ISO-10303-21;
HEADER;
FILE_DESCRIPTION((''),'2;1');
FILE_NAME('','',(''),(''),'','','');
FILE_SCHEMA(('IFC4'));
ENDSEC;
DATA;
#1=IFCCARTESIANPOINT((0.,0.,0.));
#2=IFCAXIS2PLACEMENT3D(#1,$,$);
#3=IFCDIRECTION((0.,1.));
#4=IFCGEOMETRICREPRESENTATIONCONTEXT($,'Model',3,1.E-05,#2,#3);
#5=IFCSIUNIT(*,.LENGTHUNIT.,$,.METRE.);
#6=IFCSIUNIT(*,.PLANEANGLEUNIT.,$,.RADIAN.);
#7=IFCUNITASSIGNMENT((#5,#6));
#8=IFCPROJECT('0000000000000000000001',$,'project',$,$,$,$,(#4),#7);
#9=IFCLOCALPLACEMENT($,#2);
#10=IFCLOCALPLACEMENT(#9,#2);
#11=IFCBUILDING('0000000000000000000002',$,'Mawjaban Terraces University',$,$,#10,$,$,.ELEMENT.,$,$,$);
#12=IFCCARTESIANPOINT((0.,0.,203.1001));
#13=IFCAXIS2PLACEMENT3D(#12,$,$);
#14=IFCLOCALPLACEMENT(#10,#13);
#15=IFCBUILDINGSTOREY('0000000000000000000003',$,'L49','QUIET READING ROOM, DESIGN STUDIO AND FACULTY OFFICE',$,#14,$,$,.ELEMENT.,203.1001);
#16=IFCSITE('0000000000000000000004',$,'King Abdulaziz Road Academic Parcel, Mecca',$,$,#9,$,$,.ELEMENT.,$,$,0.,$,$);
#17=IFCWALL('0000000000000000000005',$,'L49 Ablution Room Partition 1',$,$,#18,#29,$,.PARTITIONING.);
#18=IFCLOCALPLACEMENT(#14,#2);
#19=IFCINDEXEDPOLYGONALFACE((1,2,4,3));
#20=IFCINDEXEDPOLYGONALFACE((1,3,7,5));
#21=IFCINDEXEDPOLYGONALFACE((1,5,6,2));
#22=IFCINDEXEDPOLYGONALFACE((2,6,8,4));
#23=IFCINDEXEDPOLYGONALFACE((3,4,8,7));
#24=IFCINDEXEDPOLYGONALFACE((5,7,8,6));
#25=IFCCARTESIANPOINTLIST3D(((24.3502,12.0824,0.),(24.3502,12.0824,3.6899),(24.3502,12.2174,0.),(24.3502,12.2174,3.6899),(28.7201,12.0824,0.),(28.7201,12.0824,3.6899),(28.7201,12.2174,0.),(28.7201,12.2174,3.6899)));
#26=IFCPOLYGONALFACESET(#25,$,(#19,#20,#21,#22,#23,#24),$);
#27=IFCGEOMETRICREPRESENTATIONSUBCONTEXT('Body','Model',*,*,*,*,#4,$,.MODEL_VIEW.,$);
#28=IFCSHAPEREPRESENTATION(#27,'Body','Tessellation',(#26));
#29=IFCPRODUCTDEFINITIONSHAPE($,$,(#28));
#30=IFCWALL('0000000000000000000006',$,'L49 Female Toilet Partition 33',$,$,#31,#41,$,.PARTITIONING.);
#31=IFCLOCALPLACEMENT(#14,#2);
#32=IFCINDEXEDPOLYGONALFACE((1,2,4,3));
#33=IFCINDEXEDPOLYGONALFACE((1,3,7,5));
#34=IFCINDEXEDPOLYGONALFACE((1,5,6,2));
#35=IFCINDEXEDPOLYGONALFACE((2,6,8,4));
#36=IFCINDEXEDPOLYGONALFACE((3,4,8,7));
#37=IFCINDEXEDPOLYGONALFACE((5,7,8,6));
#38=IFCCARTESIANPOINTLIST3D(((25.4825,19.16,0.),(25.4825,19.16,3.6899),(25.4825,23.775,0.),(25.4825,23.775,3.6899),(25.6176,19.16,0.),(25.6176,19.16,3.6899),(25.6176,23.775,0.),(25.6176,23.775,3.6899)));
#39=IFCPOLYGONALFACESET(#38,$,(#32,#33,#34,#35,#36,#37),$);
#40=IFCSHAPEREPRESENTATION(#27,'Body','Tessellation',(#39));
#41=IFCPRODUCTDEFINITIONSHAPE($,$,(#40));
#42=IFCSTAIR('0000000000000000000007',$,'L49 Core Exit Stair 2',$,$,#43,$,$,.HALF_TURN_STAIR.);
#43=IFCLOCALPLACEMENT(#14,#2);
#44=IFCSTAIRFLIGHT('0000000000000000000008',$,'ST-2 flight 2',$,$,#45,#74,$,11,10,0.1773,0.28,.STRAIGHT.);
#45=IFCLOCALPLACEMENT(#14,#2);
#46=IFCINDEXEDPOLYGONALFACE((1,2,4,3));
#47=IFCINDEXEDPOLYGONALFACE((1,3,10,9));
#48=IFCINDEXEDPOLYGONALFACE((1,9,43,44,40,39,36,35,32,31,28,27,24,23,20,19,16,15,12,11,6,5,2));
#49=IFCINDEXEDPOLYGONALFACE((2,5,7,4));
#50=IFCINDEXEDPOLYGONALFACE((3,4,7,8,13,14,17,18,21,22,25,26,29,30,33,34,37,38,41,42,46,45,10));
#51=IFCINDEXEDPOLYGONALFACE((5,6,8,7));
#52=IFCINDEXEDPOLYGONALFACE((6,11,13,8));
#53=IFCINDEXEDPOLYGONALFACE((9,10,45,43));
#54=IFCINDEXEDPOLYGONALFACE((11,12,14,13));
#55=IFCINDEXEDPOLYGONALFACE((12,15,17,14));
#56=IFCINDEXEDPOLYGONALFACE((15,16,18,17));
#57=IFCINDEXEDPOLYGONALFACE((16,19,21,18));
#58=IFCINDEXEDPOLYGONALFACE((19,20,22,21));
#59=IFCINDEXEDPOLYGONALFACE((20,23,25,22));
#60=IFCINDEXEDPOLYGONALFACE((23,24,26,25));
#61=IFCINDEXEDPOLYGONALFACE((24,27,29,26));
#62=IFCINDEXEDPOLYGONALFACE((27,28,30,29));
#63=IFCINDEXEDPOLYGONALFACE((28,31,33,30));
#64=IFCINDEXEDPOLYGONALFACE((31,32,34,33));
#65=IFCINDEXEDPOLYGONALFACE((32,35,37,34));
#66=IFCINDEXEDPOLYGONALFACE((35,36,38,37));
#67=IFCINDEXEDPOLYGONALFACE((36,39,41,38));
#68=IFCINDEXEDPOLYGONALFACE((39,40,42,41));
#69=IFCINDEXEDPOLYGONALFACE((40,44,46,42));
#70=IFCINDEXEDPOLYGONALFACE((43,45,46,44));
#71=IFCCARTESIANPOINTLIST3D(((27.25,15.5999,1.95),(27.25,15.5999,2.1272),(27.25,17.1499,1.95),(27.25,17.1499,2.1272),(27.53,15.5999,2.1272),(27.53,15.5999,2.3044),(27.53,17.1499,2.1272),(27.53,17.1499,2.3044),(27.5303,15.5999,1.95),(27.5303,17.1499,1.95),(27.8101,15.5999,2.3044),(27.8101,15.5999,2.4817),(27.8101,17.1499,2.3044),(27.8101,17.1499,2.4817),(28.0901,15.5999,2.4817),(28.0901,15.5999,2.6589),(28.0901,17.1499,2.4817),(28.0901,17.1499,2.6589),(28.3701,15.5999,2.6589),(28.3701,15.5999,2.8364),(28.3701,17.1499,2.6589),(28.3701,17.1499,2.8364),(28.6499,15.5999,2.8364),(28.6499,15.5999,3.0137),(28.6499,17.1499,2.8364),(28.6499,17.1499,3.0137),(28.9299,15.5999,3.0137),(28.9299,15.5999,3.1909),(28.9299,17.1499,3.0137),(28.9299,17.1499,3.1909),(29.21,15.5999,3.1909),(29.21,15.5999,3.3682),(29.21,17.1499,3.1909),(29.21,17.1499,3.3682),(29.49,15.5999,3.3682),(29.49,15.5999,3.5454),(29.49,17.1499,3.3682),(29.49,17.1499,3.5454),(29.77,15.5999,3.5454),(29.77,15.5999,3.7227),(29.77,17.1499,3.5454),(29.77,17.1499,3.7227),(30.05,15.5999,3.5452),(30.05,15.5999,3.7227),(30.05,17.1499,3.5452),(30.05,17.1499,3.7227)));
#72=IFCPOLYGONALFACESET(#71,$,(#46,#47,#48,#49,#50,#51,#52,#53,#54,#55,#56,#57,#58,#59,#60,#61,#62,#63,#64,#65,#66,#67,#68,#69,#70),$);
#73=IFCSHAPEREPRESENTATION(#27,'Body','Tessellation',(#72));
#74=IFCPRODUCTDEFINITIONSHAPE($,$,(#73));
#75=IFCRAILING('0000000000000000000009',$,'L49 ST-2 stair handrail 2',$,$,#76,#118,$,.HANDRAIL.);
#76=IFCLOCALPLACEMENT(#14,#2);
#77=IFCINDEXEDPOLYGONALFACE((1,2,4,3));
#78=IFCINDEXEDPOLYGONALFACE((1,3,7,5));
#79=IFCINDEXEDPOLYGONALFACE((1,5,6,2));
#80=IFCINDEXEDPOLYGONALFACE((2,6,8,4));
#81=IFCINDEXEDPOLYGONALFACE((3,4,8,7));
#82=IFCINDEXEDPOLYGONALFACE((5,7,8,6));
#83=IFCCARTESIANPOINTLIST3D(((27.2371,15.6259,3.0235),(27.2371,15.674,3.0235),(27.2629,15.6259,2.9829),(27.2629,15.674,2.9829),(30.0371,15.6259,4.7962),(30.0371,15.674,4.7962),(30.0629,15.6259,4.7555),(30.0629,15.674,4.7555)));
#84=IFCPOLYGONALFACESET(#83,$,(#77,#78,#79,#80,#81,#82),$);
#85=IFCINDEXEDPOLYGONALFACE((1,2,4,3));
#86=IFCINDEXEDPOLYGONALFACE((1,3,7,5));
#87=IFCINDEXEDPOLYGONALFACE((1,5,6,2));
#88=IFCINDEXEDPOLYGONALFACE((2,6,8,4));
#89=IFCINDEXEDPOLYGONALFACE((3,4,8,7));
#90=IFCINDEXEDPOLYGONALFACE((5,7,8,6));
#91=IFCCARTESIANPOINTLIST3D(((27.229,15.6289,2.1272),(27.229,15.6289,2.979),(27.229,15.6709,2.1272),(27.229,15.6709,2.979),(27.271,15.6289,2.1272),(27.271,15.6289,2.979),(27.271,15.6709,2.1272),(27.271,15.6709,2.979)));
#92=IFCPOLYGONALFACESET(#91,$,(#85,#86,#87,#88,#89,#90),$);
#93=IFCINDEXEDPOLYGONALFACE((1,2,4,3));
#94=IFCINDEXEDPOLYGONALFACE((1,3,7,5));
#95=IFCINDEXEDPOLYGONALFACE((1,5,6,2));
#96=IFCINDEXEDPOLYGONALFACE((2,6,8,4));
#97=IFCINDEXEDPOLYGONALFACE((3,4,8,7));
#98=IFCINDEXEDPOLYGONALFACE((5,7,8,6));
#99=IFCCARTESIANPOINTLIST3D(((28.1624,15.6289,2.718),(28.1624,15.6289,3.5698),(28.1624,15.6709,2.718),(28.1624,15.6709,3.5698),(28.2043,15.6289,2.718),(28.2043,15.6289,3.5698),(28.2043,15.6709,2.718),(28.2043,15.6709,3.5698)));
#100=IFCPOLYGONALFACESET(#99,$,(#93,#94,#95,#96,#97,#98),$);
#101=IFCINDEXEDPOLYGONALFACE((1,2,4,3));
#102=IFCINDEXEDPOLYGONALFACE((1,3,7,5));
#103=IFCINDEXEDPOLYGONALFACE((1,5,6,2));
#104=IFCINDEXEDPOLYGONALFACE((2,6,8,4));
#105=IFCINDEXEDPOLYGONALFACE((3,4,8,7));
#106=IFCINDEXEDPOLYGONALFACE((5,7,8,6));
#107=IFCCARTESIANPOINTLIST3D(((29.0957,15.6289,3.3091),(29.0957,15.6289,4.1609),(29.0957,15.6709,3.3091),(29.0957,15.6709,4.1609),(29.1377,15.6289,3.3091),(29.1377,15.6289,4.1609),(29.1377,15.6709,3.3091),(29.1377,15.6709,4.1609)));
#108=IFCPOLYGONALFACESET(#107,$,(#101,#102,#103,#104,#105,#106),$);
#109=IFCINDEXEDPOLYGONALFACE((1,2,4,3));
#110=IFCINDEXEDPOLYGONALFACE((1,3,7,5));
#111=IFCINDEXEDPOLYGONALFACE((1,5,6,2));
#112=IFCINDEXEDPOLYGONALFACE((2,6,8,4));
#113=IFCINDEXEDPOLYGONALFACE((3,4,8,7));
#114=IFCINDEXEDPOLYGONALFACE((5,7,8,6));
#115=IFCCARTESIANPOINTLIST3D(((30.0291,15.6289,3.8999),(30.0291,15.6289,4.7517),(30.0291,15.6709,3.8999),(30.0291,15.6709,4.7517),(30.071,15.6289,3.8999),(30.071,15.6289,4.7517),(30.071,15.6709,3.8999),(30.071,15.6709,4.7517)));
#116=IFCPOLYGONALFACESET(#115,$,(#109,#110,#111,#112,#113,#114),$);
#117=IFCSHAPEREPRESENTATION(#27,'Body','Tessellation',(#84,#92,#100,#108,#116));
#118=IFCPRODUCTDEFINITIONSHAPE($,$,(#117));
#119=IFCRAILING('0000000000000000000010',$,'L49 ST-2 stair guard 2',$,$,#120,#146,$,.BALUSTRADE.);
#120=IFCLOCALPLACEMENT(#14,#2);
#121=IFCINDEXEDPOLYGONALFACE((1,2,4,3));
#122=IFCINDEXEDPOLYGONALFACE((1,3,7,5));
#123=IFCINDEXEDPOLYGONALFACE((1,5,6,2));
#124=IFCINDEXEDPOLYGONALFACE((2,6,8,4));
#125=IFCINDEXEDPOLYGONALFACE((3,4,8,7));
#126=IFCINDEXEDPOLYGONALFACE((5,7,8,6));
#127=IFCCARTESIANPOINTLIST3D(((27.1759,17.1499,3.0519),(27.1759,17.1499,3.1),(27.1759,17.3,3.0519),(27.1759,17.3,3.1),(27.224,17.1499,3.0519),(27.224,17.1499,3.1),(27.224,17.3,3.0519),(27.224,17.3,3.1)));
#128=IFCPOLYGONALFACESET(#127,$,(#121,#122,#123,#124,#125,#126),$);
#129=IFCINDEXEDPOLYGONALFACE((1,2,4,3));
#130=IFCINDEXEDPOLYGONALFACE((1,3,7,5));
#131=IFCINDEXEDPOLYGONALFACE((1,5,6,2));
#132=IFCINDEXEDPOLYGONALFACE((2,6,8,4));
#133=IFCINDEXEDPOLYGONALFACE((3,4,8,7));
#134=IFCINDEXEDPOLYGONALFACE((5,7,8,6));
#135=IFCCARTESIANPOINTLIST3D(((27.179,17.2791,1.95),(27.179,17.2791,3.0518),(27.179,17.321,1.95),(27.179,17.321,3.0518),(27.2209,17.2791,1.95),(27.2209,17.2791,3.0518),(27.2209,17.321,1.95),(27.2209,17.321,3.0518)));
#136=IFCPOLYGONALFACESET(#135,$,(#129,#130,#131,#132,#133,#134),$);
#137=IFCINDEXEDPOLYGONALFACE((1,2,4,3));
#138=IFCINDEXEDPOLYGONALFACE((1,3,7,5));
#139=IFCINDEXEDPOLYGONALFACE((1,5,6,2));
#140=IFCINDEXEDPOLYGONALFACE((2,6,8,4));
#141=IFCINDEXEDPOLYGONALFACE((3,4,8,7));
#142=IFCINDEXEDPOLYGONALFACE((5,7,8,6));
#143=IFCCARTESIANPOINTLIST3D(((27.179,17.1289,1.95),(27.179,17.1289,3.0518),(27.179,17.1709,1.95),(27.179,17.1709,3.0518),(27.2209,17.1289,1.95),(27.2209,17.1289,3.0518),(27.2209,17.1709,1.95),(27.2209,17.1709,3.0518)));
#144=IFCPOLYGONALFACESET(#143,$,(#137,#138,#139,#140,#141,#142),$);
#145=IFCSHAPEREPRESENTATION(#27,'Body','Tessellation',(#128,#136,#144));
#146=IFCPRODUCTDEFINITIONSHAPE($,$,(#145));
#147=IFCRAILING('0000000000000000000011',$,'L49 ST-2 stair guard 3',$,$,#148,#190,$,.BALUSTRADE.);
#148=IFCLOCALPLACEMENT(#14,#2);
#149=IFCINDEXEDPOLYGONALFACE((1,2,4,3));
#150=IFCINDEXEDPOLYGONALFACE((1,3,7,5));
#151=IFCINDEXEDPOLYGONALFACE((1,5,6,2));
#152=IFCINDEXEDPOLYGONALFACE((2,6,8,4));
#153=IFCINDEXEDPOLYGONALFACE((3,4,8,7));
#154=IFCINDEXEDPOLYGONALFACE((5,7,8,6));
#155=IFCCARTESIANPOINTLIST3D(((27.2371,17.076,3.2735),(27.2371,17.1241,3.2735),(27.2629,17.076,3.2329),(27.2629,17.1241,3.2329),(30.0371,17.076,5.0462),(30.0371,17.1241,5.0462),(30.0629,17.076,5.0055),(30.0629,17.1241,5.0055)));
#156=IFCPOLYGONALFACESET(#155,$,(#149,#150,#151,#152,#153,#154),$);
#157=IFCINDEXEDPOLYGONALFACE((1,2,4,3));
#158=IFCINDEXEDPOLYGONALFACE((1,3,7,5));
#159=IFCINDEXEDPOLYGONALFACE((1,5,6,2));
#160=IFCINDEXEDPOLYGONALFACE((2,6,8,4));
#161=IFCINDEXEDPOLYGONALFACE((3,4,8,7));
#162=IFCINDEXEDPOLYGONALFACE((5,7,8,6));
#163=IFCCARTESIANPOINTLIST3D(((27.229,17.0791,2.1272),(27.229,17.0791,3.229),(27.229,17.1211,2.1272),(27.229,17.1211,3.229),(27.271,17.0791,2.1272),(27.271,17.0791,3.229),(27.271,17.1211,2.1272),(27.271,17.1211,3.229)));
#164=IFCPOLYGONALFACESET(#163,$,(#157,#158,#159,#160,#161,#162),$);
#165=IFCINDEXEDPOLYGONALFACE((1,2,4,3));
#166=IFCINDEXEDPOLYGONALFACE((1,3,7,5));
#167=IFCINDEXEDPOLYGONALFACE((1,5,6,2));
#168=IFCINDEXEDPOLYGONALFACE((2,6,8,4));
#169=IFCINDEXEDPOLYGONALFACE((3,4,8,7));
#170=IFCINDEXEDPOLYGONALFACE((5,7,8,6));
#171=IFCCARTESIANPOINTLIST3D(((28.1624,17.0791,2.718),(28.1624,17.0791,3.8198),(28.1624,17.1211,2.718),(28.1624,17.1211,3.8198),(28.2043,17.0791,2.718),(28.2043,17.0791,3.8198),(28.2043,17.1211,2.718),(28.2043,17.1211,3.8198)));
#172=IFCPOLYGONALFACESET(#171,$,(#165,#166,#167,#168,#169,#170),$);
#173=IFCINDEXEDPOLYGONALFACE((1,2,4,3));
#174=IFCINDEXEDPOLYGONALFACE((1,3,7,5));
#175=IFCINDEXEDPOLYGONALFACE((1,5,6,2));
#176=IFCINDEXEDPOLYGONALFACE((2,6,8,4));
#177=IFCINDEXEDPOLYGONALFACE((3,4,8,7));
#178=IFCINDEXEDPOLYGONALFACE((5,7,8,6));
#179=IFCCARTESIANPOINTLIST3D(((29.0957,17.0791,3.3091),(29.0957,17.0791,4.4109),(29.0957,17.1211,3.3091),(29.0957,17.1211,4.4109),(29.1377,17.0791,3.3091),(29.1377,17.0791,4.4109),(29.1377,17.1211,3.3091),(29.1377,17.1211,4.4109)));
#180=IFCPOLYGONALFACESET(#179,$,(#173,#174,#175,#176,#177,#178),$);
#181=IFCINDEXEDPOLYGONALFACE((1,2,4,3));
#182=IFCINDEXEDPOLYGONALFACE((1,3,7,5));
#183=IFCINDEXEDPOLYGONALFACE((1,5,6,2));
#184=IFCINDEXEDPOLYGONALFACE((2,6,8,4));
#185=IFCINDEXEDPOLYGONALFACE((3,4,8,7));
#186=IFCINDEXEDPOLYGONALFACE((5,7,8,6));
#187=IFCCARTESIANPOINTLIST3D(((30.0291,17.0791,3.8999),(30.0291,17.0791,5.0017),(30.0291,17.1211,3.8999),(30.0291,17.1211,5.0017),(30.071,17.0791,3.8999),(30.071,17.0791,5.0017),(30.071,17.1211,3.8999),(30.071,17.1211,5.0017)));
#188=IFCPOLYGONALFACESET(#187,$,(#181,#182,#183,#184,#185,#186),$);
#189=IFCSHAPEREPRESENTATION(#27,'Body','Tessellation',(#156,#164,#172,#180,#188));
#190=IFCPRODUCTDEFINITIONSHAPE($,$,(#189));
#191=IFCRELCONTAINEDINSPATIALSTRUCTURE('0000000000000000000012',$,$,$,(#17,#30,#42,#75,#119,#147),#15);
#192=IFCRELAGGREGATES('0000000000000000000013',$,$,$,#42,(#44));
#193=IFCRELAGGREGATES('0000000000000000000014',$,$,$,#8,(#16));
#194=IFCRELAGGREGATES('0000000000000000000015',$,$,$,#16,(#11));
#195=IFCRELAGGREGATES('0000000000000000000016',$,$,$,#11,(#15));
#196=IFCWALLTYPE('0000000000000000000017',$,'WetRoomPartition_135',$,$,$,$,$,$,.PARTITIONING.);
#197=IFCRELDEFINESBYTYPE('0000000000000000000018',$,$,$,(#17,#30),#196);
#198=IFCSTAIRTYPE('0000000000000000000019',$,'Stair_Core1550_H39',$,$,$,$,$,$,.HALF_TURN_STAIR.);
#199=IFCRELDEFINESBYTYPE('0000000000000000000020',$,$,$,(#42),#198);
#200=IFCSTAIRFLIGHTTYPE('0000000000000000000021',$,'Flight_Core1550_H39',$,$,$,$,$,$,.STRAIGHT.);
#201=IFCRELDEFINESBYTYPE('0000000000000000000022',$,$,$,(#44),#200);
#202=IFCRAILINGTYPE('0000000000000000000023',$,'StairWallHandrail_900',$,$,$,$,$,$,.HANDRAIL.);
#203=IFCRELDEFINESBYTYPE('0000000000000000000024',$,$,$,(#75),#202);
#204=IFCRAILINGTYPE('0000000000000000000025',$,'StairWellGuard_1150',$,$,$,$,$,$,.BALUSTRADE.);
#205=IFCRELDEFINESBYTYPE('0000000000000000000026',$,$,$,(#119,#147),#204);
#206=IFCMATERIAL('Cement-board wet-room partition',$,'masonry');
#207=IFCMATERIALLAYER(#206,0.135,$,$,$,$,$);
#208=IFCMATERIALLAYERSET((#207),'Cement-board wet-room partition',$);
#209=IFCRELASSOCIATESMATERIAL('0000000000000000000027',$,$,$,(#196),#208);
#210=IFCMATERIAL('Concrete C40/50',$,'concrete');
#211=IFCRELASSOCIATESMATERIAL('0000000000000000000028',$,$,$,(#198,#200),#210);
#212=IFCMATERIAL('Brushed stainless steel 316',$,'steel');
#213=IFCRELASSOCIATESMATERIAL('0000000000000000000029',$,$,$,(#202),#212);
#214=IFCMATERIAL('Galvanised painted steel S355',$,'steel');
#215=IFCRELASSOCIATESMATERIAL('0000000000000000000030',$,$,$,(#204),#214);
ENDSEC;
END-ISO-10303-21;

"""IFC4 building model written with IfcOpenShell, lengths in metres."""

from ifc_helpers import new_model, si_unit, direction, frame, frame_2d, origin, origin_2d, place, context, subcontext, project, spatial, polyline, rectangle, outline, extrude, material, layer, layer_set, type_object, element, aggregate, save


model = new_model("IFC4")

# Units and contexts
model_context = context("Model", 3, precision=1e-05, world=origin(), true_north=direction((0.0, 1.0)))
body_context = subcontext(model_context, "Body", "Model", "MODEL_VIEW")
ifc_project = project(units=[si_unit("LENGTHUNIT", "METRE"), si_unit("PLANEANGLEUNIT", "RADIAN")], contexts=[model_context])

# Site, building, storey
site_placement = place(None, origin())
site = spatial("IfcSite", under=ifc_project, at=site_placement, Name="King Abdulaziz Road Academic Parcel, Mecca", CompositionType="ELEMENT", RefElevation=0.0)
building_placement = place(site_placement, origin())
building = spatial("IfcBuilding", under=site, at=building_placement, Name="Mawjaban Terraces University", CompositionType="ELEMENT")
storey_placement = place(building_placement, frame((0.0, 0.0, 203.1001)))
storey = spatial("IfcBuildingStorey", under=building, at=storey_placement, Name="L49", Description="QUIET READING ROOM, DESIGN STUDIO AND FACULTY OFFICE", CompositionType="ELEMENT", Elevation=203.1001)

# Walls
ifc_material_1 = material(Name="Concrete C40/50", Category="concrete")
ifc_material_2 = material(Name="Cement-board wet-room partition", Category="masonry")
ifc_layer_1 = layer(ifc_material_2, 0.135)
ifc_layer_set_1 = layer_set([ifc_layer_1], Name="Cement-board wet-room partition")
wall_type_1 = type_object("IfcWallType", Name="WetRoomPartition_135", PredefinedType="PARTITIONING", material=ifc_layer_set_1)
wall_1_placement = place(storey_placement, frame((24.3501, 12.1499, 0.0), z_axis=(0.0, 0.0, 1.0), x_axis=(1.0, 0.0, 0.0)))
element("IfcWall", 1, at=wall_1_placement, inside=storey, type_object=wall_type_1, Name="L49 Ablution Room Partition 1", PredefinedType="PARTITIONING", context=body_context, shape_type="SweptSolid", body=[
    extrude(rectangle(XDim=4.3699, YDim=0.135, at=frame_2d((2.1851, 0.0))), origin(), (0.0, 0.0, 1.0), 3.6899),
])
wall_2_placement = place(storey_placement, frame((25.55, 19.1599, 0.0), z_axis=(0.0, 0.0, 1.0), x_axis=(0.0, 1.0, 0.0)))
element("IfcWall", 2, at=wall_2_placement, inside=storey, type_object=wall_type_1, Name="L49 Female Toilet Partition 33", PredefinedType="PARTITIONING", context=body_context, shape_type="SweptSolid", body=[
    extrude(rectangle(XDim=4.615, YDim=0.135, at=frame_2d((2.3076, 0.0))), origin(), (0.0, 0.0, 1.0), 3.6899),
])

# Stair, stair flight
stair_type = type_object("IfcStairType", Name="Stair_Core1550_H39", PredefinedType="HALF_TURN_STAIR", material=ifc_material_1)
stair_placement = place(storey_placement, origin())
stair = element("IfcStair", 3, at=stair_placement, inside=storey, type_object=stair_type, Name="L49 Core Exit Stair 2", PredefinedType="HALF_TURN_STAIR")
stair_flight_type = type_object("IfcStairFlightType", Name="Flight_Core1550_H39", PredefinedType="STRAIGHT", material=ifc_material_1)
stair_flight_placement = place(storey_placement, frame((27.25, 16.375, 1.95), z_axis=(0.0, 0.0, 1.0), x_axis=(1.0, 0.0, 0.0)))
stair_flight = element("IfcStairFlight", 4, at=stair_flight_placement, type_object=stair_flight_type, Name="ST-2 flight 2", NumberOfRisers=11, NumberOfTreads=10, PredefinedType="STRAIGHT", RiserHeight=0.1773, TreadLength=0.28, context=body_context, shape_type="SweptSolid", body=[
    extrude(outline(polyline([(0.0, 0.0), (0.0, 0.1772), (0.28, 0.1772), (0.28, 0.3545), (0.5601, 0.3545), (0.5601, 0.5317), (0.8401, 0.5317), (0.8401, 0.709), (1.1201, 0.709), (1.1201, 0.8865), (1.3999, 0.8865), (1.3999, 1.0637), (1.6799, 1.0637), (1.6799, 1.241), (1.96, 1.241), (1.96, 1.4182), (2.24, 1.4182), (2.24, 1.5955), (2.52, 1.5955), (2.52, 1.7727), (2.8, 1.7727), (2.8, 1.95), (2.8, 1.5952), (0.2803, 0.0), (0.0, 0.0)])), frame((0.0, 0.7749, 0.0), z_axis=(0.0, -1.0, 0.0), x_axis=(1.0, 0.0, 0.0)), (0.0, 0.0, 1.0), 1.55),
])
aggregate(stair, [stair_flight])

# Railings
ifc_material_3 = material(Name="Brushed stainless steel 316", Category="steel")
railing_type_1 = type_object("IfcRailingType", Name="StairWallHandrail_900", PredefinedType="HANDRAIL", material=ifc_material_3)
railing_1_placement = place(storey_placement, frame((27.25, 15.6499, 2.1272)))
element("IfcRailing", 5, at=railing_1_placement, inside=storey, type_object=railing_type_1, Name="L49 ST-2 stair handrail 2", PredefinedType="HANDRAIL", context=body_context, shape_type="SweptSolid", body=[
    extrude(rectangle(XDim=0.0481, YDim=0.0481, at=origin_2d()), frame((0.0, 0.0, 0.876), z_axis=(0.844909, 0.0, 0.53491), x_axis=(0.0, 1.0, 0.0)), (0.0, 0.0, 1.0), 3.314),
    extrude(rectangle(XDim=0.042, YDim=0.042, at=origin_2d()), origin(), (0.0, 0.0, 1.0), 0.8518),
    extrude(rectangle(XDim=0.042, YDim=0.042, at=origin_2d()), frame((0.9333, 0.0, 0.5908)), (0.0, 0.0, 1.0), 0.8518),
    extrude(rectangle(XDim=0.042, YDim=0.042, at=origin_2d()), frame((1.8667, 0.0, 1.1819)), (0.0, 0.0, 1.0), 0.8518),
    extrude(rectangle(XDim=0.042, YDim=0.042, at=origin_2d()), frame((2.8, 0.0, 1.7727)), (0.0, 0.0, 1.0), 0.8518),
])
ifc_material_4 = material(Name="Galvanised painted steel S355", Category="steel")
railing_type_2 = type_object("IfcRailingType", Name="StairWellGuard_1150", PredefinedType="BALUSTRADE", material=ifc_material_4)
railing_2_placement = place(storey_placement, frame((27.2, 17.3, 1.95)))
element("IfcRailing", 6, at=railing_2_placement, inside=storey, type_object=railing_type_2, Name="L49 ST-2 stair guard 2", PredefinedType="BALUSTRADE", context=body_context, shape_type="SweptSolid", body=[
    extrude(rectangle(XDim=0.0481, YDim=0.0481, at=origin_2d()), frame((0.0, 0.0, 1.126), z_axis=(0.0, -1.0, 0.0), x_axis=(1.0, 0.0, 0.0)), (0.0, 0.0, 1.0), 0.1501),
    extrude(rectangle(XDim=0.042, YDim=0.042, at=origin_2d()), origin(), (0.0, 0.0, 1.0), 1.1018),
    extrude(rectangle(XDim=0.042, YDim=0.042, at=origin_2d()), frame((0.0, -0.1501, 0.0)), (0.0, 0.0, 1.0), 1.1018),
])
railing_3_placement = place(storey_placement, frame((27.25, 17.1001, 2.1272)))
element("IfcRailing", 7, at=railing_3_placement, inside=storey, type_object=railing_type_2, Name="L49 ST-2 stair guard 3", PredefinedType="BALUSTRADE", context=body_context, shape_type="SweptSolid", body=[
    extrude(rectangle(XDim=0.0481, YDim=0.0481, at=origin_2d()), frame((0.0, 0.0, 1.126), z_axis=(0.844909, 0.0, 0.53491), x_axis=(0.0, 1.0, 0.0)), (0.0, 0.0, 1.0), 3.314),
    extrude(rectangle(XDim=0.042, YDim=0.042, at=origin_2d()), origin(), (0.0, 0.0, 1.0), 1.1018),
    extrude(rectangle(XDim=0.042, YDim=0.042, at=origin_2d()), frame((0.9333, 0.0, 0.5908)), (0.0, 0.0, 1.0), 1.1018),
    extrude(rectangle(XDim=0.042, YDim=0.042, at=origin_2d()), frame((1.8667, 0.0, 1.1819)), (0.0, 0.0, 1.0), 1.1018),
    extrude(rectangle(XDim=0.042, YDim=0.042, at=origin_2d()), frame((2.8, 0.0, 1.7727)), (0.0, 0.0, 1.0), 1.1018),
])

save(model, "model.ifc")
